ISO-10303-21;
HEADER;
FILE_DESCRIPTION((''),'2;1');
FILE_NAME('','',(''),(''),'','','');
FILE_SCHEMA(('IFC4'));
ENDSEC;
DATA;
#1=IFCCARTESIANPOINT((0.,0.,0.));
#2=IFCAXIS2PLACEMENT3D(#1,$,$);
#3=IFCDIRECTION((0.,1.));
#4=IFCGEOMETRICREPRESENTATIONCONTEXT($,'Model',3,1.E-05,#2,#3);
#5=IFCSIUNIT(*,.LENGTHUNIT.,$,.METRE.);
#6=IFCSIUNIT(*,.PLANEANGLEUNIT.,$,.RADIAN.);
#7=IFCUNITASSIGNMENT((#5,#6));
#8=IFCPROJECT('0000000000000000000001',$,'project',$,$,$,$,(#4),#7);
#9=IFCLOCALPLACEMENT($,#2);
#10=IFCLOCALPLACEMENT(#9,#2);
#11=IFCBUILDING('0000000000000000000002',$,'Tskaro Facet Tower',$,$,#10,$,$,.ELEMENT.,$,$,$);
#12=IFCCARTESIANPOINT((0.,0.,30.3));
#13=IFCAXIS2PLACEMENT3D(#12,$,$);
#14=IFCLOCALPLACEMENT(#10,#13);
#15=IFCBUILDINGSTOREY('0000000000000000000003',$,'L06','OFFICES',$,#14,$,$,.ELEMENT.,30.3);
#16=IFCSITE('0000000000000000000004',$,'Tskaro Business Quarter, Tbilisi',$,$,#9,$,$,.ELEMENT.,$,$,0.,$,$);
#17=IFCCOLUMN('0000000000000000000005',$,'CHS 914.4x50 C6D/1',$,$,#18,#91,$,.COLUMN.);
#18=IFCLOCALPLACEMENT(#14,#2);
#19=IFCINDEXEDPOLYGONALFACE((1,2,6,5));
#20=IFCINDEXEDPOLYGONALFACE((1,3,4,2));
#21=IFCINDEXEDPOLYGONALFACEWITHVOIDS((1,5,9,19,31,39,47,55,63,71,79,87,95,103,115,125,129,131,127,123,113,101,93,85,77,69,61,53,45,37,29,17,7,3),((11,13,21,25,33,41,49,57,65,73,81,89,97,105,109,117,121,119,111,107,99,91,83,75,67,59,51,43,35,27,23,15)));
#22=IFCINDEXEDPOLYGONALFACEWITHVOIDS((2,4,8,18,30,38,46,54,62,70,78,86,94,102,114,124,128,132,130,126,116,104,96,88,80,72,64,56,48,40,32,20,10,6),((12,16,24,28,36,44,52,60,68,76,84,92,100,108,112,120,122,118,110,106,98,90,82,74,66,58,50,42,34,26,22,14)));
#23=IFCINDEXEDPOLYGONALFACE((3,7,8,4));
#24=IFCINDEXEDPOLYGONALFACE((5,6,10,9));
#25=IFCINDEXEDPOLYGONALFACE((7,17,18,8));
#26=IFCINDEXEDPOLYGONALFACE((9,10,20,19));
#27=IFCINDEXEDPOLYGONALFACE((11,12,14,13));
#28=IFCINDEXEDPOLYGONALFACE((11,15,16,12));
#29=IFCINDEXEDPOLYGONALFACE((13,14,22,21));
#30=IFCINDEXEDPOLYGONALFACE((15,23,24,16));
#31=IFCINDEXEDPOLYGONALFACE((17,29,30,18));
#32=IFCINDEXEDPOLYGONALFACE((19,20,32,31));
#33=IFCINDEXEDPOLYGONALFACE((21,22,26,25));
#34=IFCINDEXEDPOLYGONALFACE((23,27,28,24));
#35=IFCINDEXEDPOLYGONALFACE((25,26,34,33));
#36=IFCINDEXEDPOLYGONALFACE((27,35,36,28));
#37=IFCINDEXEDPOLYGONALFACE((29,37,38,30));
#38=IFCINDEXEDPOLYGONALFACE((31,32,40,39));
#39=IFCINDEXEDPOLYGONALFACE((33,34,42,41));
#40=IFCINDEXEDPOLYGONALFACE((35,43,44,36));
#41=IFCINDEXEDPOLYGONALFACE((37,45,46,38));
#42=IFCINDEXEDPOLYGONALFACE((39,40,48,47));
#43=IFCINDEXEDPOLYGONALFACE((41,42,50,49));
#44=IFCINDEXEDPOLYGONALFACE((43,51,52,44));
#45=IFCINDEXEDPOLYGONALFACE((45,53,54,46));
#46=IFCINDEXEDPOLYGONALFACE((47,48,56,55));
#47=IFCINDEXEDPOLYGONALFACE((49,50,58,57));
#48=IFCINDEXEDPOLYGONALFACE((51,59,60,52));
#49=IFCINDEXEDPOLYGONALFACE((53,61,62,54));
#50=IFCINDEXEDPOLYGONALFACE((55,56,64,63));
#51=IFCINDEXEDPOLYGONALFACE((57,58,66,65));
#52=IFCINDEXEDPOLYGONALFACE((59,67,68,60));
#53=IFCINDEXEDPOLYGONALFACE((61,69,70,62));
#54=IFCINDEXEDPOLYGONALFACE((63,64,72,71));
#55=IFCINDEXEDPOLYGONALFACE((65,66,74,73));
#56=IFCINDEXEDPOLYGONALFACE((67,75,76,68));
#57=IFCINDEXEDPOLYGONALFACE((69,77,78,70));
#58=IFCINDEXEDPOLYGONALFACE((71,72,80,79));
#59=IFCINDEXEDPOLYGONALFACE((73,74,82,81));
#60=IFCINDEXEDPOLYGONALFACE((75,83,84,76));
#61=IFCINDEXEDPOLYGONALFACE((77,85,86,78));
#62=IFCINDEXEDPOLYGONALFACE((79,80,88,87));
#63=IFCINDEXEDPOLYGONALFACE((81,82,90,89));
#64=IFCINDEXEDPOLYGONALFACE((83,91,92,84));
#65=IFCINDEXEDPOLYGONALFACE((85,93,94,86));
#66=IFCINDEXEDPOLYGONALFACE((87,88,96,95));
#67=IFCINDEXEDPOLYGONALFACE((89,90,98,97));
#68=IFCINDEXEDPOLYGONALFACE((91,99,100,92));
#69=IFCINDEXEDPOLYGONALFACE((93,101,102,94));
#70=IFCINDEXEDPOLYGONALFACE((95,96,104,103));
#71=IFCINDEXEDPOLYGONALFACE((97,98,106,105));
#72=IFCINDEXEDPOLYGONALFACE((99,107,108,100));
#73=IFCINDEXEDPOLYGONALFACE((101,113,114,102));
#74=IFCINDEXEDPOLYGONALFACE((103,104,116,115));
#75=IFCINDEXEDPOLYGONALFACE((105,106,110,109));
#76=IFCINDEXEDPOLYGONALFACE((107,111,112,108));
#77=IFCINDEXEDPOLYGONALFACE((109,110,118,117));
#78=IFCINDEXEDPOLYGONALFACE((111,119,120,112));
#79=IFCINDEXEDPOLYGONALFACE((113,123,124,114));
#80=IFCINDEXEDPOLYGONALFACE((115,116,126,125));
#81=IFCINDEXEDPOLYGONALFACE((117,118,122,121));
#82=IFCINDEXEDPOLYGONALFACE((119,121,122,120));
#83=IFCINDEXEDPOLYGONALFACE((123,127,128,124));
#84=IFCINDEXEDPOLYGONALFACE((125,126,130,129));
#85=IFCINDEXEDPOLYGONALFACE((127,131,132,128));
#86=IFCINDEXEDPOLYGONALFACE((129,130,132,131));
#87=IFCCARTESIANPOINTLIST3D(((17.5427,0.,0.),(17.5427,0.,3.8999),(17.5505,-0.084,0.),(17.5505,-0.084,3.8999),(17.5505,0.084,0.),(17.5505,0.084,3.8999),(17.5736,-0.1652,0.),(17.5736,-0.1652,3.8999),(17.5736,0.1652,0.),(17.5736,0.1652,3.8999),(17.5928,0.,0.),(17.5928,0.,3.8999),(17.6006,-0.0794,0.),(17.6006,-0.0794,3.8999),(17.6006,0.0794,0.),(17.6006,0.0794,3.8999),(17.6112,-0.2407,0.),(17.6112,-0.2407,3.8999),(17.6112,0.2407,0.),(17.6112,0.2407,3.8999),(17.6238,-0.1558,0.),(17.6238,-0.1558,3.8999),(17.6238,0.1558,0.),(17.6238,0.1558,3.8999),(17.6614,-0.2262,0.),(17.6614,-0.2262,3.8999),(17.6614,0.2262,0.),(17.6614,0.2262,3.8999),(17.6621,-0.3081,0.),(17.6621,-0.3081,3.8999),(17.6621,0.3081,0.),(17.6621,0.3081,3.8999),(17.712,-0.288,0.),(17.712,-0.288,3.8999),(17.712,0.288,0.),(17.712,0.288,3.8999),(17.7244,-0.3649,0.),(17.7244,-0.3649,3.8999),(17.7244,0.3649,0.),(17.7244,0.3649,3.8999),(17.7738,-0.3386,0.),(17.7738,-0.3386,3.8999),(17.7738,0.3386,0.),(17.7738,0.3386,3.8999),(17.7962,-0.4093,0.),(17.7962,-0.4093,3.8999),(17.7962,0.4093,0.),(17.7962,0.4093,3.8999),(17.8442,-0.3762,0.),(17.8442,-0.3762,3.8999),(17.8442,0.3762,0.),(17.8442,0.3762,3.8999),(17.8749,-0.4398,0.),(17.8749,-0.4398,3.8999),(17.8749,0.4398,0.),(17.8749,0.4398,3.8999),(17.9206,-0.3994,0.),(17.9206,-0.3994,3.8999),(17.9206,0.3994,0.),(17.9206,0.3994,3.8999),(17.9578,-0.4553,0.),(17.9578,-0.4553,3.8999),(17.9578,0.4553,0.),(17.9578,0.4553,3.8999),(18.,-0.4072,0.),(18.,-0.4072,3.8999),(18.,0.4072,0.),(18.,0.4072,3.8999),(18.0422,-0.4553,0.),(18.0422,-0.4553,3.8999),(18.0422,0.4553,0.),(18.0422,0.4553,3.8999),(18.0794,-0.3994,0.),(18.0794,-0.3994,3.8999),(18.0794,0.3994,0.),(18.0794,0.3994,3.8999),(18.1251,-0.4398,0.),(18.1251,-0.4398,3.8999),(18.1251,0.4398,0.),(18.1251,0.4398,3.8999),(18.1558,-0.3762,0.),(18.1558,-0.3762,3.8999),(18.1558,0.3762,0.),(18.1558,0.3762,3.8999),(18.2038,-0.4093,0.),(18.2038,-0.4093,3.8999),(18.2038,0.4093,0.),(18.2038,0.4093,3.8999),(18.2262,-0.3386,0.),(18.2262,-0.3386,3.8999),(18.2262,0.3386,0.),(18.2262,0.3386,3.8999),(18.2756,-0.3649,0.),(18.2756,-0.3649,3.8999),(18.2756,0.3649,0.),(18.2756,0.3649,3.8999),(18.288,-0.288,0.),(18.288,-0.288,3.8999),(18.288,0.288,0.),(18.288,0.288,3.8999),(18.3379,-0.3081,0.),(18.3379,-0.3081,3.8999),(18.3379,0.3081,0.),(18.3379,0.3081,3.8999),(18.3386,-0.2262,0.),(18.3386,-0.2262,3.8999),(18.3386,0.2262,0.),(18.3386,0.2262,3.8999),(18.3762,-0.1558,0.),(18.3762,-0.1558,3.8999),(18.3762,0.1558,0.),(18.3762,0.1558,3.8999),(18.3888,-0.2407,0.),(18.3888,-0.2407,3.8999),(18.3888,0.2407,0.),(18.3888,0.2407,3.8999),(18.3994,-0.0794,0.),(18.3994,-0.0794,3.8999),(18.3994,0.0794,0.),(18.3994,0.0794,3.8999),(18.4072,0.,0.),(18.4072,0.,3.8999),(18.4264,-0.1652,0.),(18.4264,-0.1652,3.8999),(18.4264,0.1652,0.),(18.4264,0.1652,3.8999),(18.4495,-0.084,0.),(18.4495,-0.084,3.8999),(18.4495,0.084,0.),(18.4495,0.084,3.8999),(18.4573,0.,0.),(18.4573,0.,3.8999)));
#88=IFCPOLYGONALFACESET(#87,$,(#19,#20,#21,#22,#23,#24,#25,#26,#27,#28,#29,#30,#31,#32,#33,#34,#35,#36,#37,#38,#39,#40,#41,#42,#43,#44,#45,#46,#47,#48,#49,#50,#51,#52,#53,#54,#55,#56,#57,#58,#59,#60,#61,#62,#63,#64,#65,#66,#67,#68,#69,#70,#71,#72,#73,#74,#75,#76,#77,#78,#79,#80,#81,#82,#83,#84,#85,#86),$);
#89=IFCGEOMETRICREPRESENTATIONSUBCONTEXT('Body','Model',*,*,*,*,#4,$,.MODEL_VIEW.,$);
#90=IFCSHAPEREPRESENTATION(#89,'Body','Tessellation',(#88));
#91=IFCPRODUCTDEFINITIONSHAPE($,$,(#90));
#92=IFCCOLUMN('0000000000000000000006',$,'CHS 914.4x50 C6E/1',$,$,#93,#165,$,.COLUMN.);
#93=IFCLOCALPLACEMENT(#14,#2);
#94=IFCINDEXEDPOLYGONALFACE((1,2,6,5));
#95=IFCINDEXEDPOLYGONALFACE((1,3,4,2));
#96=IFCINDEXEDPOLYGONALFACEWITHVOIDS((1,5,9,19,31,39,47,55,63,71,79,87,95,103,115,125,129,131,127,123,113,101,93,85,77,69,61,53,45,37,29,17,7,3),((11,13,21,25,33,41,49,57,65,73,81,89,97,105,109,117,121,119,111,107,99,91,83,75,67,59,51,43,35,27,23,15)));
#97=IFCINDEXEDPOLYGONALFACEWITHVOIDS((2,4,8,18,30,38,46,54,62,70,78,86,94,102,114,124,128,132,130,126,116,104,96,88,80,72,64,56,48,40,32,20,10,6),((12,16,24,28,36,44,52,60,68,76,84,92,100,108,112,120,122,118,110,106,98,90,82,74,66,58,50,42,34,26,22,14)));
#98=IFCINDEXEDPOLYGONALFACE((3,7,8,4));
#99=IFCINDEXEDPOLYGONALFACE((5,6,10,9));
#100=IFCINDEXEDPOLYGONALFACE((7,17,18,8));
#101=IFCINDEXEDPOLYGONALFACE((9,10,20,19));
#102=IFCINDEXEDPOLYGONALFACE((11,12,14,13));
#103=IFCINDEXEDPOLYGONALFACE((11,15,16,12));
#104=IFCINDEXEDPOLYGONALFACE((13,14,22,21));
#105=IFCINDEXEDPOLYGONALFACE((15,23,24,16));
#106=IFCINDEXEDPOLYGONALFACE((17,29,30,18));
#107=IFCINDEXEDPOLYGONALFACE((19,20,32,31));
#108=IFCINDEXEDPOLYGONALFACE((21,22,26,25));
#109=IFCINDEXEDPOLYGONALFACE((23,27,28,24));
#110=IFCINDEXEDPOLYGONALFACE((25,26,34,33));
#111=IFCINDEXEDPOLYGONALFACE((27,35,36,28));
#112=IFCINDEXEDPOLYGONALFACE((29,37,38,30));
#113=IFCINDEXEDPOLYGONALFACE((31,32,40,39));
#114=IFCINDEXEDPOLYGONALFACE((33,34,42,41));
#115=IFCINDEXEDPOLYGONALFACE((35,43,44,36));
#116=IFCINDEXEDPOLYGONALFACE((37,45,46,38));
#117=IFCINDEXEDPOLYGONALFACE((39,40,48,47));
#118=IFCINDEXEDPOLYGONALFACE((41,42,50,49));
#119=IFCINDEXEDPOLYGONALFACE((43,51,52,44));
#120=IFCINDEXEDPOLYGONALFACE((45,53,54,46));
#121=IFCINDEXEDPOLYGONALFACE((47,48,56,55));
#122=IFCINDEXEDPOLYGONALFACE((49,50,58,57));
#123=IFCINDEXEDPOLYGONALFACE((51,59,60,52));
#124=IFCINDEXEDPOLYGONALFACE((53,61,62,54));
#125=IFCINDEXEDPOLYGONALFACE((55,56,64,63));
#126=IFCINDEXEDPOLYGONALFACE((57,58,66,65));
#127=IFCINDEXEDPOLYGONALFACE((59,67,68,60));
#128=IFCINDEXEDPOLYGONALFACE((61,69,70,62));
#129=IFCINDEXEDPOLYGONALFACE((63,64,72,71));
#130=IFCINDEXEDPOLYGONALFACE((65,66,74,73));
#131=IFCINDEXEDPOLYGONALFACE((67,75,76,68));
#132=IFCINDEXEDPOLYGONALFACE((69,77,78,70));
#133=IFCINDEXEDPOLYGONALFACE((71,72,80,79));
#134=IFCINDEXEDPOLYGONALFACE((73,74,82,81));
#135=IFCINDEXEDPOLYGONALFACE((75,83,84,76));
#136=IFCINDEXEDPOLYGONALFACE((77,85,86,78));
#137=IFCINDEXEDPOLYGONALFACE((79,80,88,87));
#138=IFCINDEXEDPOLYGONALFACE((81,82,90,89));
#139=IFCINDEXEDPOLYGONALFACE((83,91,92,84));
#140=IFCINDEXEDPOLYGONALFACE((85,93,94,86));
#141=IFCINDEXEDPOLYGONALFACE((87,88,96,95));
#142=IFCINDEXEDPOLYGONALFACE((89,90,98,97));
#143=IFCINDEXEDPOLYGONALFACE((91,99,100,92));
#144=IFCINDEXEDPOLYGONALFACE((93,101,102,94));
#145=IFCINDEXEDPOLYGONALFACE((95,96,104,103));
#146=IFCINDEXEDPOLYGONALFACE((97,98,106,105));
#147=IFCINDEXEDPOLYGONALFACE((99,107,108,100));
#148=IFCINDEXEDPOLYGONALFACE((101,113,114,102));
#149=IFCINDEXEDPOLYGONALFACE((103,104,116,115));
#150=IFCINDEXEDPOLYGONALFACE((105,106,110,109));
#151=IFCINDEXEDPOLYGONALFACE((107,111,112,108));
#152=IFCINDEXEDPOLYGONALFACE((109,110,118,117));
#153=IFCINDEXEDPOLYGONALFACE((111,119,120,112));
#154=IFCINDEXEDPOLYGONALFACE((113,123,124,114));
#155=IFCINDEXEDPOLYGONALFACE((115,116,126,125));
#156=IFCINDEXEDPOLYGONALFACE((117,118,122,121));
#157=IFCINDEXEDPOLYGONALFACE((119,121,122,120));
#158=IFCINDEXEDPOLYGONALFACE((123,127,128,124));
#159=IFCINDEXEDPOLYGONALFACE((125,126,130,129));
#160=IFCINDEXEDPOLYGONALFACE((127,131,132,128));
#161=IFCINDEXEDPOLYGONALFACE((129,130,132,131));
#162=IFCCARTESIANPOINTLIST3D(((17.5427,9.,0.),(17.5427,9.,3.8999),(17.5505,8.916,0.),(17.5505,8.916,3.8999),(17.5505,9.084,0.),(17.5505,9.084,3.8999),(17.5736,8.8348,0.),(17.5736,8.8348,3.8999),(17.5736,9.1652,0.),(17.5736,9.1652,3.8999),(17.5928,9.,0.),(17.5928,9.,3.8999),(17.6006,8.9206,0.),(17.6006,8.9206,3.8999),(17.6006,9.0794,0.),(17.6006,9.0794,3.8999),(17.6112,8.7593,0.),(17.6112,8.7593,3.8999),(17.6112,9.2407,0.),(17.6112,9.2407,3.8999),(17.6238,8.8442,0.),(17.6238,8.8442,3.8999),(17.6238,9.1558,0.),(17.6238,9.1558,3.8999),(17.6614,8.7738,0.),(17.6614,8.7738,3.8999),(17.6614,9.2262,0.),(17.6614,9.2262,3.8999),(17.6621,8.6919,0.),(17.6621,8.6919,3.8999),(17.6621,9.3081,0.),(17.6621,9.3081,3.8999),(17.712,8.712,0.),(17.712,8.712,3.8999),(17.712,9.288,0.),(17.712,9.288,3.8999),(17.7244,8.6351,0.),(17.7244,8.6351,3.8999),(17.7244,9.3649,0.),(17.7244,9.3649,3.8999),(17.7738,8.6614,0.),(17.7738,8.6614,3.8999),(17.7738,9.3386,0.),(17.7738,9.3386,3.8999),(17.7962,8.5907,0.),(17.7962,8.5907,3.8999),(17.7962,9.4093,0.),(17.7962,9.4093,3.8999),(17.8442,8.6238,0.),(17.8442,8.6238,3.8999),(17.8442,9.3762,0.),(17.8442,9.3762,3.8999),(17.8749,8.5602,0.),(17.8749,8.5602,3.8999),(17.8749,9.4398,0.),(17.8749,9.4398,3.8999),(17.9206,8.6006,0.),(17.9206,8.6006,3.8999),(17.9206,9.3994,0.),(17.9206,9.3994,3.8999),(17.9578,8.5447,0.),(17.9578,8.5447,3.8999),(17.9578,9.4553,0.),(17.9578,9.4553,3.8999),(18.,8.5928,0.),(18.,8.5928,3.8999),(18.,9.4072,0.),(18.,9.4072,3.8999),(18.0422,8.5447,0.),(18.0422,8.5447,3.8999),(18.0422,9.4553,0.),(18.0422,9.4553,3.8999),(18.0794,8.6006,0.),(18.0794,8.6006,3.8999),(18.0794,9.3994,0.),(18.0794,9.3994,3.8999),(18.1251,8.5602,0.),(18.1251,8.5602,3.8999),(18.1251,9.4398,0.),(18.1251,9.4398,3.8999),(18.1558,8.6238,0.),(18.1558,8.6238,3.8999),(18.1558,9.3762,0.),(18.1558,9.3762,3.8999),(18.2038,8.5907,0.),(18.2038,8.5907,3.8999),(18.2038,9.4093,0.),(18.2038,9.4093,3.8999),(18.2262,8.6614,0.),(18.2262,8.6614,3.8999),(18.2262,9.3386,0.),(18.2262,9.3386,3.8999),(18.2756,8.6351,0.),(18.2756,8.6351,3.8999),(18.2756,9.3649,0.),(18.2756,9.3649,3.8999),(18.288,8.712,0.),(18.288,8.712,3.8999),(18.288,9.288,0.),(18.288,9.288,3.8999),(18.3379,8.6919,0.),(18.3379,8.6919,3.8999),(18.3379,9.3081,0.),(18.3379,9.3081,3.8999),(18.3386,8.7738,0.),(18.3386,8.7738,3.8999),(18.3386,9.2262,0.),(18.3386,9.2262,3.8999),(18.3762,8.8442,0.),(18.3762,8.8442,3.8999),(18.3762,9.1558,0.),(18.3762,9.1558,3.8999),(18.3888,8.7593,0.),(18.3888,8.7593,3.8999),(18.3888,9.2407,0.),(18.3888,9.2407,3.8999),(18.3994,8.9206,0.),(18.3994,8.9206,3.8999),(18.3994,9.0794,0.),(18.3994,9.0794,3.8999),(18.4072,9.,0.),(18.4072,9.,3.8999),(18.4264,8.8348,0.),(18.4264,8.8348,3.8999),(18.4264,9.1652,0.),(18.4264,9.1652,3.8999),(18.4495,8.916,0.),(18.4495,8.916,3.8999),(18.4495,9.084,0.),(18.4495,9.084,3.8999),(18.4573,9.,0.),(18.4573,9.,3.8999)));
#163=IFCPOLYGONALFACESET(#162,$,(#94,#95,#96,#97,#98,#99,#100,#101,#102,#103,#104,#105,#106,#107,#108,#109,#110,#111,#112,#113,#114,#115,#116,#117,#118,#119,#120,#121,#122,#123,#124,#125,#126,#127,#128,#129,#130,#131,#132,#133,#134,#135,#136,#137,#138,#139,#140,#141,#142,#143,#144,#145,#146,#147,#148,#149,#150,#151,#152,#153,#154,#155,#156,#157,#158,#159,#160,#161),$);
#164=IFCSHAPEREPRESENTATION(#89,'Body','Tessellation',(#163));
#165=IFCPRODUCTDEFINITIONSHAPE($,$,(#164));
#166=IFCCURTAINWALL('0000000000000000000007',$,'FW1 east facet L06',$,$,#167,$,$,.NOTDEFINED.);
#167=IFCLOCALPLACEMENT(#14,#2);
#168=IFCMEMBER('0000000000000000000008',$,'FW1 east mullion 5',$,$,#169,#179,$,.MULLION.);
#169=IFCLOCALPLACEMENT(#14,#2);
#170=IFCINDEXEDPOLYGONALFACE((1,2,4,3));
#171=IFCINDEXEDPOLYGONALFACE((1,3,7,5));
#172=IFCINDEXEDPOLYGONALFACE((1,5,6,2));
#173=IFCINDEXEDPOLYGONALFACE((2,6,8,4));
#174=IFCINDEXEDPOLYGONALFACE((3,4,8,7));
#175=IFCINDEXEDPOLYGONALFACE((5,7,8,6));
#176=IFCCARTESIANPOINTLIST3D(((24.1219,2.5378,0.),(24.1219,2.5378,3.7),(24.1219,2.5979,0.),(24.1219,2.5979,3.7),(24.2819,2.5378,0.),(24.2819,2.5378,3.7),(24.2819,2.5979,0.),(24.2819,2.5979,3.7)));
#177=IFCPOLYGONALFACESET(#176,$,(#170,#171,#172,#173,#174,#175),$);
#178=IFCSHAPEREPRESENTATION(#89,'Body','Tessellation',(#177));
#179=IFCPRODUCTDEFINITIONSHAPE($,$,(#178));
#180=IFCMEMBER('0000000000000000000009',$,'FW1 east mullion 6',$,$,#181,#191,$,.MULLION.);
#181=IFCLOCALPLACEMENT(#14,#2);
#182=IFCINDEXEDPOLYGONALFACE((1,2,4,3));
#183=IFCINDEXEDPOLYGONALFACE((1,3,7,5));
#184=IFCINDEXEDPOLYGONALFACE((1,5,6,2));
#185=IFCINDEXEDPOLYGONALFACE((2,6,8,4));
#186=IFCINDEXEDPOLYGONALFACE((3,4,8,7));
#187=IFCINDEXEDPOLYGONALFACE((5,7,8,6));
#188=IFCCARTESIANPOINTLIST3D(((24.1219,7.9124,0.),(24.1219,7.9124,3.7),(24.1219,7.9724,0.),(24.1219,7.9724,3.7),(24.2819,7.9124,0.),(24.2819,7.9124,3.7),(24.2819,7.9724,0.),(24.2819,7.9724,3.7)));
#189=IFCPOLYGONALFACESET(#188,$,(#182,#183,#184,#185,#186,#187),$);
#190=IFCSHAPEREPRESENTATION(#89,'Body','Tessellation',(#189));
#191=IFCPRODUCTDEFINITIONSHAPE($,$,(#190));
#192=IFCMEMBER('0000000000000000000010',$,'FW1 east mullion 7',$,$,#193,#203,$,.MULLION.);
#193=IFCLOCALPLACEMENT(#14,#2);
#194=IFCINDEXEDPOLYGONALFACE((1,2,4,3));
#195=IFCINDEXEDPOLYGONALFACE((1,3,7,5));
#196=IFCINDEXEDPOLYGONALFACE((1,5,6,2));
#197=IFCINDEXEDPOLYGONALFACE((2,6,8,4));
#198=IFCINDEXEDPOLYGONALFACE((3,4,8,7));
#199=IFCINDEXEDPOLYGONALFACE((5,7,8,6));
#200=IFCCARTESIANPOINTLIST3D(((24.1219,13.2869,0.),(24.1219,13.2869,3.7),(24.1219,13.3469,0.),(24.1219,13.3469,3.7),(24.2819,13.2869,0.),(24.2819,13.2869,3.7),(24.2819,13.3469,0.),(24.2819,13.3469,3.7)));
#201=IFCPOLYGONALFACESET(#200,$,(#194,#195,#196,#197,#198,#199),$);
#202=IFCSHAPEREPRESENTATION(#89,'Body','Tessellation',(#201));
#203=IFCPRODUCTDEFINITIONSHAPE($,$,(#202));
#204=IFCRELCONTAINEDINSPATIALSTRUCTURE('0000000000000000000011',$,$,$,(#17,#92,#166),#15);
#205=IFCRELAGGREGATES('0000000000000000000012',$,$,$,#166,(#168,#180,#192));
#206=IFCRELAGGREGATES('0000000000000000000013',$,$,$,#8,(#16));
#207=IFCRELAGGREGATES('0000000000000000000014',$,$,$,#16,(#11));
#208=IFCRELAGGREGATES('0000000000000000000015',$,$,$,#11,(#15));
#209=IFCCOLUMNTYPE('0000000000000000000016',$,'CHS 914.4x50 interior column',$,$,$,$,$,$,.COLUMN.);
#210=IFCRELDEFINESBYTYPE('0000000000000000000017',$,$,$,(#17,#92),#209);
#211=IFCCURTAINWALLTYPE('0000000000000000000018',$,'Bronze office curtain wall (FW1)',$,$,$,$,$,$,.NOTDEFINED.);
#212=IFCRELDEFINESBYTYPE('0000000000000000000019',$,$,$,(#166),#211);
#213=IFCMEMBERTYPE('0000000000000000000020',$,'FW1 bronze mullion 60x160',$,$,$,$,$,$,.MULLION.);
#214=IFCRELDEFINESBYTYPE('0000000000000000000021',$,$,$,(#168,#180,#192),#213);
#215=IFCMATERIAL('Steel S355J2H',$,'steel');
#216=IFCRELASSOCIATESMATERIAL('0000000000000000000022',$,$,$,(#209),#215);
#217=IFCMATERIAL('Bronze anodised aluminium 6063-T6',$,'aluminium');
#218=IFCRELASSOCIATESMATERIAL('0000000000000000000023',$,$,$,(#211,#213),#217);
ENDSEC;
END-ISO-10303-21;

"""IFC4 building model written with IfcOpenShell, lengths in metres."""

from ifc_helpers import new_model, si_unit, direction, frame, origin, origin_2d, place, context, subcontext, project, spatial, rectangle, hollow_circle, extrude, material, material_profile, profile_set, type_object, element, aggregate, save


model = new_model("IFC4")

# Units and contexts
model_context = context("Model", 3, precision=1e-05, world=origin(), true_north=direction((0.0, 1.0)))
body_context = subcontext(model_context, "Body", "Model", "MODEL_VIEW")
ifc_project = project(units=[si_unit("LENGTHUNIT", "METRE"), si_unit("PLANEANGLEUNIT", "RADIAN")], contexts=[model_context])

# Site, building, storey
site_placement = place(None, origin())
site = spatial("IfcSite", under=ifc_project, at=site_placement, Name="Tskaro Business Quarter, Tbilisi", CompositionType="ELEMENT", RefElevation=0.0)
building_placement = place(site_placement, origin())
building = spatial("IfcBuilding", under=site, at=building_placement, Name="Tskaro Facet Tower", CompositionType="ELEMENT")
storey_placement = place(building_placement, frame((0.0, 0.0, 30.3)))
storey = spatial("IfcBuildingStorey", under=building, at=storey_placement, Name="L06", Description="OFFICES", CompositionType="ELEMENT", Elevation=30.3)

# Columns
ifc_material_1 = material(Name="Steel S355J2H", Category="steel")
ifc_material_profile_1 = material_profile(ifc_material_1, hollow_circle(Radius=0.4573, WallThickness=0.05, at=origin_2d()), Name="CHS 914.4x50")
ifc_profile_set_1 = profile_set([ifc_material_profile_1], Name="Steel S355J2H")
column_type_1 = type_object("IfcColumnType", Name="CHS 914.4x50 interior column", PredefinedType="COLUMN", material=ifc_profile_set_1)
for number, where, z_axis, x_axis, name in (
    (1, (18.0, 0.0, 0.0), (0.0, 0.0, 1.0), (1.0, 0.0, 0.0), "CHS 914.4x50 C6D/1"),
    (2, (18.0, 9.0, 0.0), (0.0, 0.0, 1.0), (1.0, 0.0, 0.0), "CHS 914.4x50 C6E/1"),
):
    element("IfcColumn", number, at=place(storey_placement, frame(where, z_axis=z_axis, x_axis=x_axis)), inside=storey, type_object=column_type_1, Name=name, PredefinedType="COLUMN", context=body_context, shape_type="SweptSolid", body=[
        extrude(hollow_circle(Radius=0.4573, WallThickness=0.05, at=origin_2d()), origin(), (0.0, 0.0, 1.0), 3.8999),
    ])

# Curtain wall, members
ifc_material_2 = material(Name="Bronze anodised aluminium 6063-T6", Category="aluminium")
curtain_wall_type = type_object("IfcCurtainWallType", Name="Bronze office curtain wall (FW1)", PredefinedType="NOTDEFINED", material=ifc_material_2)
curtain_wall_placement = place(storey_placement, origin())
curtain_wall = element("IfcCurtainWall", 3, at=curtain_wall_placement, inside=storey, type_object=curtain_wall_type, Name="FW1 east facet L06", PredefinedType="NOTDEFINED")
ifc_material_profile_2 = material_profile(ifc_material_2, rectangle(XDim=0.0601, YDim=0.1599, at=origin_2d()), Name="Mullion 60x160")
ifc_profile_set_2 = profile_set([ifc_material_profile_2], Name="Bronze anodised aluminium 6063-T6")
member_type_1 = type_object("IfcMemberType", Name="FW1 bronze mullion 60x160", PredefinedType="MULLION", material=ifc_profile_set_2)
member_1_placement = place(storey_placement, frame((24.2019, 2.5679, 0.0), z_axis=(0.0, 0.0, 1.0), x_axis=(0.0, 1.0, 0.0)))
member_1 = element("IfcMember", 4, at=member_1_placement, type_object=member_type_1, Name="FW1 east mullion 5", PredefinedType="MULLION", context=body_context, shape_type="SweptSolid", body=[
    extrude(rectangle(XDim=0.0601, YDim=0.1599, at=origin_2d()), origin(), (0.0, 0.0, 1.0), 3.7),
])
member_2_placement = place(storey_placement, frame((24.2019, 7.9424, 0.0), z_axis=(0.0, 0.0, 1.0), x_axis=(0.0, 1.0, 0.0)))
member_2 = element("IfcMember", 5, at=member_2_placement, type_object=member_type_1, Name="FW1 east mullion 6", PredefinedType="MULLION", context=body_context, shape_type="SweptSolid", body=[
    extrude(rectangle(XDim=0.0601, YDim=0.1599, at=origin_2d()), origin(), (0.0, 0.0, 1.0), 3.7),
])
member_3_placement = place(storey_placement, frame((24.2019, 13.3169, 0.0), z_axis=(0.0, 0.0, 1.0), x_axis=(0.0, 1.0, 0.0)))
member_3 = element("IfcMember", 6, at=member_3_placement, type_object=member_type_1, Name="FW1 east mullion 7", PredefinedType="MULLION", context=body_context, shape_type="SweptSolid", body=[
    extrude(rectangle(XDim=0.0601, YDim=0.1599, at=origin_2d()), origin(), (0.0, 0.0, 1.0), 3.7),
])

aggregate(curtain_wall, [member_1, member_2, member_3])

save(model, "model.ifc")
